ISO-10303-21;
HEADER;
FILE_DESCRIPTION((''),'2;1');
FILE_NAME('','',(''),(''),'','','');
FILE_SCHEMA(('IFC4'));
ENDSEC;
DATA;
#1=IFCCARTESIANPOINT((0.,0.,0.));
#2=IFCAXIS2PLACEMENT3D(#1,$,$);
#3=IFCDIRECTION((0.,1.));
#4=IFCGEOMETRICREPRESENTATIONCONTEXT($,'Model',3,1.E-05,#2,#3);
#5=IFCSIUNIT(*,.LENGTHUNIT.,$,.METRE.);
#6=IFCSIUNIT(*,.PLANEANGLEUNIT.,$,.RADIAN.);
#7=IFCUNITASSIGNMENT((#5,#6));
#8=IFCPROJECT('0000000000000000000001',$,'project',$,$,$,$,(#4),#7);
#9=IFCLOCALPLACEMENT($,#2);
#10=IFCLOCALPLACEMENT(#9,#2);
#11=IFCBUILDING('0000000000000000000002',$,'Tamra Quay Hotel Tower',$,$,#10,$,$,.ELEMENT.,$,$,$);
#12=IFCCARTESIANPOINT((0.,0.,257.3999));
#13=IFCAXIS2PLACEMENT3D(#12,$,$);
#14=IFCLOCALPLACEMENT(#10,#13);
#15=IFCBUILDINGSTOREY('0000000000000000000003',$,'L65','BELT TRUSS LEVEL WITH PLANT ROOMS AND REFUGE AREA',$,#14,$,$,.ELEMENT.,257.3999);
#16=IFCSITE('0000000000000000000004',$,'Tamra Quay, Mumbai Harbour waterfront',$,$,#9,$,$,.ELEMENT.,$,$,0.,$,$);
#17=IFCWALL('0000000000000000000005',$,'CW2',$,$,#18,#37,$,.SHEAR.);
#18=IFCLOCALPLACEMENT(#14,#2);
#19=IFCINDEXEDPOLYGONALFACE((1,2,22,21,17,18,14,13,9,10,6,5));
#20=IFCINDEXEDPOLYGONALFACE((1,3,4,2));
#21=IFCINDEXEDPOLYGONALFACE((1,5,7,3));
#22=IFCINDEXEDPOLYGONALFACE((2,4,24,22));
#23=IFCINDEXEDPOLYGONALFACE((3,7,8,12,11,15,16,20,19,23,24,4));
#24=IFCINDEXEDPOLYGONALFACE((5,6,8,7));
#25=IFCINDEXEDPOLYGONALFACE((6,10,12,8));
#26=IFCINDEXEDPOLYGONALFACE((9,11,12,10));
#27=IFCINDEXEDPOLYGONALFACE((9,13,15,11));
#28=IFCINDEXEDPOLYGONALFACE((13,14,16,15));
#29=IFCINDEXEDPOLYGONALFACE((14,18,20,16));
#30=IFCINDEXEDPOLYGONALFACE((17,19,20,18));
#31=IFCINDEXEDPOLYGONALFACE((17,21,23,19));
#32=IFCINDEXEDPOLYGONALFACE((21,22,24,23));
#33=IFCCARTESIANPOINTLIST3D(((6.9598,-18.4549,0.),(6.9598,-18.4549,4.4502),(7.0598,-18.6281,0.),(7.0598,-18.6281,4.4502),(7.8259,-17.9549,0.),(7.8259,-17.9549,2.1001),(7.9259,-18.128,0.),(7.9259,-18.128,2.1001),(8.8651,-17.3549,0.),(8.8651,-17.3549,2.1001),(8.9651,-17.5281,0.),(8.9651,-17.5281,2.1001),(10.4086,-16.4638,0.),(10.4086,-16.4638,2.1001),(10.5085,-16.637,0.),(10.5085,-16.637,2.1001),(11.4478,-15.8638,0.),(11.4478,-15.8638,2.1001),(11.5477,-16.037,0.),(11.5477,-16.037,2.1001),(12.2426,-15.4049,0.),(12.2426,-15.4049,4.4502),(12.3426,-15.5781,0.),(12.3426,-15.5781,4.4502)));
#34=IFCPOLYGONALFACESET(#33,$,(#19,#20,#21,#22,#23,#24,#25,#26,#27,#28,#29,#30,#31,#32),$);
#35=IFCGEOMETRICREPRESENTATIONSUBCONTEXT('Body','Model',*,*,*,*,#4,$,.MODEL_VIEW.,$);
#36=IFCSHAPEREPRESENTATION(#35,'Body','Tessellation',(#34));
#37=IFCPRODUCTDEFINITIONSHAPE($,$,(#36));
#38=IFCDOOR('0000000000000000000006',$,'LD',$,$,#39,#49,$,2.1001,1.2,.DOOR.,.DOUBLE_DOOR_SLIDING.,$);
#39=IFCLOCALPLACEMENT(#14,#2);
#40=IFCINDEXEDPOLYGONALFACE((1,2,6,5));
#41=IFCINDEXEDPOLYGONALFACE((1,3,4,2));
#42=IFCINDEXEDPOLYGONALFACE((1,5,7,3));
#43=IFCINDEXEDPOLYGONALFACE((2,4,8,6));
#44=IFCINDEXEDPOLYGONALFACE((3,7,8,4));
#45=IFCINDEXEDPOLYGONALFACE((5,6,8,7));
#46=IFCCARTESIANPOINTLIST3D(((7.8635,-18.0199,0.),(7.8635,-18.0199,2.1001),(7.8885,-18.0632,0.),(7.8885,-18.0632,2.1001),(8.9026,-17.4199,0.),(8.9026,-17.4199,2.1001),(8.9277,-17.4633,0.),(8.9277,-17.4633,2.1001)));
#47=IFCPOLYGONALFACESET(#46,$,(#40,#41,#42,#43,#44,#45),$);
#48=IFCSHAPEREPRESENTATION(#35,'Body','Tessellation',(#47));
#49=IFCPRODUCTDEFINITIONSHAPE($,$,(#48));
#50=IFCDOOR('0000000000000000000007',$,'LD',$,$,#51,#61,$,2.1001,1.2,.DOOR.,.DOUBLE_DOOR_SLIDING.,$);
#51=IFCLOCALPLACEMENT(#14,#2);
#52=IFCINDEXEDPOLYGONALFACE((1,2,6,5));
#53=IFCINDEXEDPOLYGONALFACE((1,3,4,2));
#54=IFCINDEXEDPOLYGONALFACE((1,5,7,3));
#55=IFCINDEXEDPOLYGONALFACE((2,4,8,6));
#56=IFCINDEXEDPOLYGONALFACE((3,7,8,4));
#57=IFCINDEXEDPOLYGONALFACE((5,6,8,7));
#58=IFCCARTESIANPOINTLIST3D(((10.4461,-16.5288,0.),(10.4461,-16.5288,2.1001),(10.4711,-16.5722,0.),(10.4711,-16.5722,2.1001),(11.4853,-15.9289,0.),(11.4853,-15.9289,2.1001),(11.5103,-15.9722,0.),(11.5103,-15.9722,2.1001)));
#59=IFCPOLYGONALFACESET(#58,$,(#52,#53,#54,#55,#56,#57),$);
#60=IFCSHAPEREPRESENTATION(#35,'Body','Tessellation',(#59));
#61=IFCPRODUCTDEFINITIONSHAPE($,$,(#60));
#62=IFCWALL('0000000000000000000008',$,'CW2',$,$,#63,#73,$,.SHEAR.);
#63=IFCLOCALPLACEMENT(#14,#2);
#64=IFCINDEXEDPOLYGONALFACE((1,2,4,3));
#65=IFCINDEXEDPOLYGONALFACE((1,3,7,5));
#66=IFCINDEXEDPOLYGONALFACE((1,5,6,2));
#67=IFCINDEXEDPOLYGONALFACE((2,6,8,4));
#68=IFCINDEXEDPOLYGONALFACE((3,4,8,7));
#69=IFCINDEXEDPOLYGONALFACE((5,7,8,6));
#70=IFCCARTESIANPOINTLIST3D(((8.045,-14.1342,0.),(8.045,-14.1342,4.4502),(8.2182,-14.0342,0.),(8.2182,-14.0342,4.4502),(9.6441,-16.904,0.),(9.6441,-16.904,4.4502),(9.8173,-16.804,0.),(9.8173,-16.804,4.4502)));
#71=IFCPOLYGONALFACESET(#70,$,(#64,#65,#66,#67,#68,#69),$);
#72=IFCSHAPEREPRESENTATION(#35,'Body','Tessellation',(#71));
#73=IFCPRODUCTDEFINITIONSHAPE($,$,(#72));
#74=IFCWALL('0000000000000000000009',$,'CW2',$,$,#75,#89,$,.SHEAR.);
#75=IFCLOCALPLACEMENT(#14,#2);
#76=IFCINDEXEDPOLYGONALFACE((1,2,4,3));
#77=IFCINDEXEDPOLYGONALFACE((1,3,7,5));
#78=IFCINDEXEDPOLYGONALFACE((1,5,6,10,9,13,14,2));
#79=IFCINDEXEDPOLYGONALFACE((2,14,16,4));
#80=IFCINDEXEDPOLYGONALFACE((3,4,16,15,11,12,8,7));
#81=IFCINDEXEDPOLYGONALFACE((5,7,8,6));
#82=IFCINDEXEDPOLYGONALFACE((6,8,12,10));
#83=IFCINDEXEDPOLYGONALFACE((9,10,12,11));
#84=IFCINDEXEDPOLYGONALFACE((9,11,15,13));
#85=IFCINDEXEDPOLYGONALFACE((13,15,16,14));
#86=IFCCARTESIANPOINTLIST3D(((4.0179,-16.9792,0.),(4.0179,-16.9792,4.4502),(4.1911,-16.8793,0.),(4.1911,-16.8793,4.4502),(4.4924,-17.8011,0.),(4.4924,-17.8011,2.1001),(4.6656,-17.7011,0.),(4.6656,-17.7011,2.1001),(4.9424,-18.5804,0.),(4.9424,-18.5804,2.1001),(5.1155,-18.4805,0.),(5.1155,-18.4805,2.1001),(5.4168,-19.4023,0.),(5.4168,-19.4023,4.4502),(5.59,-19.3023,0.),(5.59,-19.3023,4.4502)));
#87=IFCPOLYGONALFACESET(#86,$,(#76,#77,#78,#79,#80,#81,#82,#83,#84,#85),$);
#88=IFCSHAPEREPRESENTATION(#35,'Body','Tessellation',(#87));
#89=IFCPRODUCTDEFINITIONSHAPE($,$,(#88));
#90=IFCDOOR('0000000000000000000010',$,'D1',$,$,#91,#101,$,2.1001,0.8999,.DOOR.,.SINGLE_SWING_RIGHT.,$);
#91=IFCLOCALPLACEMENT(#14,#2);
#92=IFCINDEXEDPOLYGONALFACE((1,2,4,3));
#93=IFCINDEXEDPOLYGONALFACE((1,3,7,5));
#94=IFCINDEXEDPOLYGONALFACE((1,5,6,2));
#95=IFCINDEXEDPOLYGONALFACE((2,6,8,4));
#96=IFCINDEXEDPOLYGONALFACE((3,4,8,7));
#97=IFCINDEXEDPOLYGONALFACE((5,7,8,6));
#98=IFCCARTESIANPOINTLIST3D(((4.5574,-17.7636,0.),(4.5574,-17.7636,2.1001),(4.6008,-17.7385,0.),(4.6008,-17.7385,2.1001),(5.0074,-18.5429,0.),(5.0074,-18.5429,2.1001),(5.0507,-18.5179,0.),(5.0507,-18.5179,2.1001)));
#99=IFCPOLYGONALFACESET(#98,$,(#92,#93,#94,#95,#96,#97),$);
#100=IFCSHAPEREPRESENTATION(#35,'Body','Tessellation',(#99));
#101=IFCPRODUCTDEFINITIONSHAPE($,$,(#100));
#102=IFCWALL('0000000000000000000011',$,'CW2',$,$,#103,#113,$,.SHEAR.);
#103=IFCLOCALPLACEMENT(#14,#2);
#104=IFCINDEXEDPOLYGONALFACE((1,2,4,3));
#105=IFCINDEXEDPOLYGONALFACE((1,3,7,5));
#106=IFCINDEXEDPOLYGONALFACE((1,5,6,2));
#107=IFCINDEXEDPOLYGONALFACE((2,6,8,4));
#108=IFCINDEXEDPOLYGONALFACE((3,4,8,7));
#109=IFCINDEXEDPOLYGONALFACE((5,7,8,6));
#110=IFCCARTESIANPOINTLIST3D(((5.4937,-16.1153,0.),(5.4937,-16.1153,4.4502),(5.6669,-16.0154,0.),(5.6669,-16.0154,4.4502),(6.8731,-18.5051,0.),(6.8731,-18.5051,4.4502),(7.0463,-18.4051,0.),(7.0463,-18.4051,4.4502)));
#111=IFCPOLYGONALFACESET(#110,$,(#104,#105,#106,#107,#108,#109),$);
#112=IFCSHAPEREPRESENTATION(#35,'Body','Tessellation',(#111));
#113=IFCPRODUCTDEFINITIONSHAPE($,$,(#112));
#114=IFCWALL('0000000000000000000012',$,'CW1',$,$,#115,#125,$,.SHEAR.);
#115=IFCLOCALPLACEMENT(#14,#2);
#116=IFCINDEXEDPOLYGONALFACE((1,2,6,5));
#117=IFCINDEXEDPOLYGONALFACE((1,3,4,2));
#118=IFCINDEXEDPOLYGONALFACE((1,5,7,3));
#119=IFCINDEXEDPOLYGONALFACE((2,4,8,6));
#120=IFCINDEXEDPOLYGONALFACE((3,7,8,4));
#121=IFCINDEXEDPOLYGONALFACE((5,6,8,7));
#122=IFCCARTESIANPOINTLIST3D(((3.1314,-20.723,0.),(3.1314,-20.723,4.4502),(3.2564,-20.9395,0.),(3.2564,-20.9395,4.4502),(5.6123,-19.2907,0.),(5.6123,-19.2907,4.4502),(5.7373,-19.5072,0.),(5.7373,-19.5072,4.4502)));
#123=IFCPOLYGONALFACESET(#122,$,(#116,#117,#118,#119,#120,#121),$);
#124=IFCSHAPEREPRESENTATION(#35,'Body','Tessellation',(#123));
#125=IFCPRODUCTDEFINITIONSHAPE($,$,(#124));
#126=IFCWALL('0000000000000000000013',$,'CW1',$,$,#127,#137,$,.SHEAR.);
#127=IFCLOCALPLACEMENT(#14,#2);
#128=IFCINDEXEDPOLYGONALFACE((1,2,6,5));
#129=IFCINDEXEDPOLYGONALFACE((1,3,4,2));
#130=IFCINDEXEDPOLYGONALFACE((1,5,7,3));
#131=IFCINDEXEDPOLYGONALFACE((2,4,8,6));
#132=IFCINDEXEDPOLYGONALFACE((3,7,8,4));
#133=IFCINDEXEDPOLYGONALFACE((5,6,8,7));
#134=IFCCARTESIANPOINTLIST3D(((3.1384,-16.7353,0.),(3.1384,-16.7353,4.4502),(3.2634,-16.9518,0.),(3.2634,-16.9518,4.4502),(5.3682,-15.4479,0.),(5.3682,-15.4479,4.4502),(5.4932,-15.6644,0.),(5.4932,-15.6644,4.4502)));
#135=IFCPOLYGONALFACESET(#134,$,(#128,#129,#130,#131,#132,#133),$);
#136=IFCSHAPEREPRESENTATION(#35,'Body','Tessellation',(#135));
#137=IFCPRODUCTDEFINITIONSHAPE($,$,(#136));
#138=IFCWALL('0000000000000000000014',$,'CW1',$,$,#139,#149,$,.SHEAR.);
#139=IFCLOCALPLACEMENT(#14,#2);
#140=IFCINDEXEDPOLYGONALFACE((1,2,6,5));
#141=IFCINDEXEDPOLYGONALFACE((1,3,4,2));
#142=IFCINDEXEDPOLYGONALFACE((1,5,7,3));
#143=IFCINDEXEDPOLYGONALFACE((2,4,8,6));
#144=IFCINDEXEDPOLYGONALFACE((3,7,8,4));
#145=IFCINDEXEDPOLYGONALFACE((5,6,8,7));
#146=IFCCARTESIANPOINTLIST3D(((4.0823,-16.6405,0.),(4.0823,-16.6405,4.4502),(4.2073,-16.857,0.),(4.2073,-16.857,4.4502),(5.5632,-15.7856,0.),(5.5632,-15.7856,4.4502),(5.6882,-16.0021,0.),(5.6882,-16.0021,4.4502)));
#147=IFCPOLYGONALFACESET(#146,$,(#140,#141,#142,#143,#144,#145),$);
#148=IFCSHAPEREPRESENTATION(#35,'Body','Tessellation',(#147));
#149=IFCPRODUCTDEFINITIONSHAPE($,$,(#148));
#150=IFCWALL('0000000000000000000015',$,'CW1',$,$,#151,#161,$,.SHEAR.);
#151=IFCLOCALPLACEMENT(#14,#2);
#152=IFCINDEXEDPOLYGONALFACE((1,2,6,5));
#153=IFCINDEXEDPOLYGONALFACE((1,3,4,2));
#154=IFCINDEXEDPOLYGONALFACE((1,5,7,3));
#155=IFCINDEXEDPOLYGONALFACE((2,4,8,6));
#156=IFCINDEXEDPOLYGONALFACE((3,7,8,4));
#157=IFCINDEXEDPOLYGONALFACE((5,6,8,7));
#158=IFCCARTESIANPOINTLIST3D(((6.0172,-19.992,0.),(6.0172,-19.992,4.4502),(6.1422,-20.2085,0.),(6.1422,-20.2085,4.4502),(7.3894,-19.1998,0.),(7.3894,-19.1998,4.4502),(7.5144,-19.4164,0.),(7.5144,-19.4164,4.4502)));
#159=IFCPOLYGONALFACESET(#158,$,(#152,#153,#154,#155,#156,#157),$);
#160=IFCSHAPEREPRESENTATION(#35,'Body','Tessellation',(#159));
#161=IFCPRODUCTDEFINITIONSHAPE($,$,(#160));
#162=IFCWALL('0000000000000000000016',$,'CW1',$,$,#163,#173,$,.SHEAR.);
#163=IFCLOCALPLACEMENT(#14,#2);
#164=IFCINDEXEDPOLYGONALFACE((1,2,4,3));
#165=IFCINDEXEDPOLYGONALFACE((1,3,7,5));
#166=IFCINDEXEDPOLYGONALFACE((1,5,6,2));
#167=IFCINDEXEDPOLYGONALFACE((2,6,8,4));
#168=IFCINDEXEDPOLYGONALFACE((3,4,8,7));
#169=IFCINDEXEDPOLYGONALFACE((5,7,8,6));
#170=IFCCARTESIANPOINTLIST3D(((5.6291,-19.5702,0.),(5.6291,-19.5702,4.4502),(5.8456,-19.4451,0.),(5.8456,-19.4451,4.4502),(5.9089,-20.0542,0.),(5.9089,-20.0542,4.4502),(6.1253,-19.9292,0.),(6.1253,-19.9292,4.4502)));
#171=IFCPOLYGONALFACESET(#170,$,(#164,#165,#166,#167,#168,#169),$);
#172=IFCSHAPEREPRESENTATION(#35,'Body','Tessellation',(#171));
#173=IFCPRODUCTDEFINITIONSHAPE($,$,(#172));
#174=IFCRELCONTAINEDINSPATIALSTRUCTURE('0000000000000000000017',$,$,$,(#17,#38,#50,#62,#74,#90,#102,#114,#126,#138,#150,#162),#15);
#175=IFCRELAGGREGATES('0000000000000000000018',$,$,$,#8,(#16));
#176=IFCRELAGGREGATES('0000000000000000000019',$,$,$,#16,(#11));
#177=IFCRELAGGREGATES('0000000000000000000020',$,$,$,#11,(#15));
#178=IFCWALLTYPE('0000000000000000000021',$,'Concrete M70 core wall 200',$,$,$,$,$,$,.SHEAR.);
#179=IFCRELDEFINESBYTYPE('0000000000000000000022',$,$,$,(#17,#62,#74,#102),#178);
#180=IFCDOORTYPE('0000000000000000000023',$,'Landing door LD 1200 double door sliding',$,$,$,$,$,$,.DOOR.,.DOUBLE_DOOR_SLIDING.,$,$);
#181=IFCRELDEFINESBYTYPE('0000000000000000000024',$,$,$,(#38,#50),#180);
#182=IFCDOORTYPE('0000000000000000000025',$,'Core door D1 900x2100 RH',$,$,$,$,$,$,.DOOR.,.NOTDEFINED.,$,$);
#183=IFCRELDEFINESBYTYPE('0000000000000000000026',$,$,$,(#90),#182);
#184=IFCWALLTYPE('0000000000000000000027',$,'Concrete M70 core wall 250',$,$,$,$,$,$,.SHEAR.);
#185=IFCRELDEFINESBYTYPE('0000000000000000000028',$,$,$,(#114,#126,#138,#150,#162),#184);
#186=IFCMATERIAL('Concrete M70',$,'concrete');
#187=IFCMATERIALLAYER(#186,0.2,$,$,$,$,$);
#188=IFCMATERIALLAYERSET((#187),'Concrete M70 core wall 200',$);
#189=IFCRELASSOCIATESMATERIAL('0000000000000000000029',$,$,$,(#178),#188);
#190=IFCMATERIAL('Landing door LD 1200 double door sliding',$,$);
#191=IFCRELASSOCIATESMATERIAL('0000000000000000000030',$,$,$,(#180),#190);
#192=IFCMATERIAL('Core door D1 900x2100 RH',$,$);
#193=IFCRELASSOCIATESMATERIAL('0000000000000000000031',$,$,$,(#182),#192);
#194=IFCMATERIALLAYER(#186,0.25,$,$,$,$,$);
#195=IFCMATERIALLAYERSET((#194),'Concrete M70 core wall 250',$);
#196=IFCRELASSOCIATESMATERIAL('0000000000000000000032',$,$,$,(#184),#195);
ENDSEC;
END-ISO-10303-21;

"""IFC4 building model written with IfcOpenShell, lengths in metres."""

from ifc_helpers import new_model, si_unit, direction, frame, frame_2d, origin, place, context, subcontext, project, spatial, rectangle, extrude, material, layer, layer_set, type_object, element, fill, save


model = new_model("IFC4")

# Units and contexts
model_context = context("Model", 3, precision=1e-05, world=origin(), true_north=direction((0.0, 1.0)))
body_context = subcontext(model_context, "Body", "Model", "MODEL_VIEW")
ifc_project = project(units=[si_unit("LENGTHUNIT", "METRE"), si_unit("PLANEANGLEUNIT", "RADIAN")], contexts=[model_context])

# Site, building, storey
site_placement = place(None, origin())
site = spatial("IfcSite", under=ifc_project, at=site_placement, Name="Tamra Quay, Mumbai Harbour waterfront", CompositionType="ELEMENT", RefElevation=0.0)
building_placement = place(site_placement, origin())
building = spatial("IfcBuilding", under=site, at=building_placement, Name="Tamra Quay Hotel Tower", CompositionType="ELEMENT")
storey_placement = place(building_placement, frame((0.0, 0.0, 257.3999)))
storey = spatial("IfcBuildingStorey", under=building, at=storey_placement, Name="L65", Description="BELT TRUSS LEVEL WITH PLANT ROOMS AND REFUGE AREA", CompositionType="ELEMENT", Elevation=257.3999)

# Shared definitions
ifc_material_1 = material(Name="Concrete M70", Category="concrete")
ifc_layer_1 = layer(ifc_material_1, 0.2)
ifc_layer_set_1 = layer_set([ifc_layer_1], Name="Concrete M70 core wall 200")
wall_type_1 = type_object("IfcWallType", Name="Concrete M70 core wall 200", PredefinedType="SHEAR", material=ifc_layer_set_1)

# Wall, openings, doors
wall_1_placement = place(storey_placement, frame((7.0098, -18.5415, 0.0), z_axis=(0.0, 0.0, 1.0), x_axis=(0.86603, 0.499992, 0.0)))
wall_1 = element("IfcWall", 1, at=wall_1_placement, inside=storey, type_object=wall_type_1, Name="CW2", PredefinedType="SHEAR", context=body_context, shape_type="SweptSolid", body=[
    extrude(rectangle(XDim=6.1001, YDim=0.2, at=frame_2d((3.05, 0.0))), origin(), (0.0, 0.0, 1.0), 4.4502),
])
opening_1_placement = place(wall_1_placement, frame((1.0, 0.0, 0.0)))
opening_1 = element("IfcOpeningElement", 2, at=opening_1_placement, cuts=wall_1, PredefinedType="OPENING", context=body_context, shape_type="SweptSolid", body=[
    extrude(rectangle(XDim=1.2, YDim=2.1001, at=frame_2d((0.6001, 1.05))), frame((0.0, 0.1099, 0.0), z_axis=(0.0, -1.0, 0.0), x_axis=(1.0, 0.0, 0.0)), (0.0, 0.0, 1.0), 0.22),
])
opening_2_placement = place(wall_1_placement, frame((3.9822, 0.0, 0.0)))
opening_2 = element("IfcOpeningElement", 3, at=opening_2_placement, cuts=wall_1, PredefinedType="OPENING", context=body_context, shape_type="SweptSolid", body=[
    extrude(rectangle(XDim=1.2, YDim=2.1001, at=frame_2d((0.6001, 1.05))), frame((0.0, 0.1099, 0.0), z_axis=(0.0, -1.0, 0.0), x_axis=(1.0, 0.0, 0.0)), (0.0, 0.0, 1.0), 0.22),
])
ifc_material_2 = material(Name="Landing door LD 1200 double door sliding")
door_type_1 = type_object("IfcDoorType", Name="Landing door LD 1200 double door sliding", OperationType="DOUBLE_DOOR_SLIDING", PredefinedType="DOOR", material=ifc_material_2)
door_1_placement = place(opening_1_placement, origin())
door_1 = element("IfcDoor", 4, at=door_1_placement, inside=storey, type_object=door_type_1, Name="LD", OperationType="DOUBLE_DOOR_SLIDING", OverallHeight=2.1001, OverallWidth=1.2, PredefinedType="DOOR", context=body_context, shape_type="SweptSolid", body=[
    extrude(rectangle(XDim=1.2, YDim=2.1001, at=frame_2d((0.6001, 1.05))), frame((0.0, 0.0249, 0.0), z_axis=(0.0, -1.0, 0.0), x_axis=(1.0, 0.0, 0.0)), (0.0, 0.0, 1.0), 0.05),
])
fill(opening_1, door_1)
door_2_placement = place(opening_2_placement, origin())
door_2 = element("IfcDoor", 5, at=door_2_placement, inside=storey, type_object=door_type_1, Name="LD", OperationType="DOUBLE_DOOR_SLIDING", OverallHeight=2.1001, OverallWidth=1.2, PredefinedType="DOOR", context=body_context, shape_type="SweptSolid", body=[
    extrude(rectangle(XDim=1.2, YDim=2.1001, at=frame_2d((0.6001, 1.05))), frame((0.0, 0.0249, 0.0), z_axis=(0.0, -1.0, 0.0), x_axis=(1.0, 0.0, 0.0)), (0.0, 0.0, 1.0), 0.05),
])
fill(opening_2, door_2)

# Wall
wall_2_placement = place(storey_placement, frame((8.1316, -14.0842, 0.0), z_axis=(0.0, 0.0, 1.0), x_axis=(0.499998, -0.866027, 0.0)))
element("IfcWall", 6, at=wall_2_placement, inside=storey, type_object=wall_type_1, Name="CW2", PredefinedType="SHEAR", context=body_context, shape_type="SweptSolid", body=[
    extrude(rectangle(XDim=3.1982, YDim=0.2, at=frame_2d((1.5991, 0.0))), origin(), (0.0, 0.0, 1.0), 4.4502),
])

# Wall, opening, door
wall_3_placement = place(storey_placement, frame((5.5034, -19.3523, 0.0), z_axis=(0.0, 0.0, 1.0), x_axis=(-0.499987, 0.866033, 0.0)))
wall_3 = element("IfcWall", 7, at=wall_3_placement, inside=storey, type_object=wall_type_1, Name="CW2", PredefinedType="SHEAR", context=body_context, shape_type="SweptSolid", body=[
    extrude(rectangle(XDim=2.7979, YDim=0.2, at=frame_2d((1.3989, 0.0))), origin(), (0.0, 0.0, 1.0), 4.4502),
])
opening_3_placement = place(wall_3_placement, frame((0.949, 0.0, 0.0)))
opening_3 = element("IfcOpeningElement", 8, at=opening_3_placement, cuts=wall_3, PredefinedType="OPENING", context=body_context, shape_type="SweptSolid", body=[
    extrude(rectangle(XDim=0.8999, YDim=2.1001, at=frame_2d((0.45, 1.05))), frame((0.0, 0.1099, 0.0), z_axis=(0.0, -1.0, 0.0), x_axis=(1.0, 0.0, 0.0)), (0.0, 0.0, 1.0), 0.22),
])
ifc_material_3 = material(Name="Core door D1 900x2100 RH")
door_type_2 = type_object("IfcDoorType", Name="Core door D1 900x2100 RH", OperationType="NOTDEFINED", PredefinedType="DOOR", material=ifc_material_3)
door_3_placement = place(opening_3_placement, origin())
door_3 = element("IfcDoor", 9, at=door_3_placement, inside=storey, type_object=door_type_2, Name="D1", OperationType="SINGLE_SWING_RIGHT", OverallHeight=2.1001, OverallWidth=0.8999, PredefinedType="DOOR", context=body_context, shape_type="SweptSolid", body=[
    extrude(rectangle(XDim=0.8999, YDim=2.1001, at=frame_2d((0.45, 1.05))), frame((0.0, 0.0249, 0.0), z_axis=(0.0, -1.0, 0.0), x_axis=(1.0, 0.0, 0.0)), (0.0, 0.0, 1.0), 0.05),
])
fill(opening_3, door_3)

# Walls
wall_4_placement = place(storey_placement, frame((6.9597, -18.4551, 0.0), z_axis=(0.0, 0.0, 1.0), x_axis=(-0.499927, 0.866068, 0.0)))
element("IfcWall", 10, at=wall_4_placement, inside=storey, type_object=wall_type_1, Name="CW2", PredefinedType="SHEAR", context=body_context, shape_type="SweptSolid", body=[
    extrude(rectangle(XDim=2.7593, YDim=0.2, at=frame_2d((1.3796, 0.0))), origin(), (0.0, 0.0, 1.0), 4.4502),
])
ifc_layer_2 = layer(ifc_material_1, 0.25)
ifc_layer_set_2 = layer_set([ifc_layer_2], Name="Concrete M70 core wall 250")
wall_type_2 = type_object("IfcWallType", Name="Concrete M70 core wall 250", PredefinedType="SHEAR", material=ifc_layer_set_2)
wall_5_placement = place(storey_placement, frame((5.6748, -19.3989, 0.0), z_axis=(0.0, 0.0, 1.0), x_axis=(-0.866027, -0.499998, 0.0)))
element("IfcWall", 11, at=wall_5_placement, inside=storey, type_object=wall_type_2, Name="CW1", PredefinedType="SHEAR", context=body_context, shape_type="SweptSolid", body=[
    extrude(rectangle(XDim=2.8647, YDim=0.25, at=frame_2d((1.4324, 0.0))), origin(), (0.0, 0.0, 1.0), 4.4502),
])
wall_6_placement = place(storey_placement, frame((5.4307, -15.5562, 0.0), z_axis=(0.0, 0.0, 1.0), x_axis=(-0.866023, -0.500004, 0.0)))
element("IfcWall", 12, at=wall_6_placement, inside=storey, type_object=wall_type_2, Name="CW1", PredefinedType="SHEAR", context=body_context, shape_type="SweptSolid", body=[
    extrude(rectangle(XDim=2.5747, YDim=0.25, at=frame_2d((1.2874, 0.0))), origin(), (0.0, 0.0, 1.0), 4.4502),
])
wall_7_placement = place(storey_placement, frame((4.1448, -16.7488, 0.0), z_axis=(0.0, 0.0, 1.0), x_axis=(0.866038, 0.499978, 0.0)))
element("IfcWall", 13, at=wall_7_placement, inside=storey, type_object=wall_type_2, Name="CW1", PredefinedType="SHEAR", context=body_context, shape_type="SweptSolid", body=[
    extrude(rectangle(XDim=1.71, YDim=0.25, at=frame_2d((0.855, 0.0))), origin(), (0.0, 0.0, 1.0), 4.4502),
])
wall_8_placement = place(storey_placement, frame((7.4519, -19.3081, 0.0), z_axis=(0.0, 0.0, 1.0), x_axis=(-0.866044, -0.499967, 0.0)))
element("IfcWall", 14, at=wall_8_placement, inside=storey, type_object=wall_type_2, Name="CW1", PredefinedType="SHEAR", context=body_context, shape_type="SweptSolid", body=[
    extrude(rectangle(XDim=1.5845, YDim=0.25, at=frame_2d((0.7922, 0.0))), origin(), (0.0, 0.0, 1.0), 4.4502),
])
wall_9_placement = place(storey_placement, frame((6.0171, -19.9917, 0.0), z_axis=(0.0, 0.0, 1.0), x_axis=(-0.500365, 0.865815, 0.0)))
element("IfcWall", 15, at=wall_9_placement, inside=storey, type_object=wall_type_2, Name="CW1", PredefinedType="SHEAR", context=body_context, shape_type="SweptSolid", body=[
    extrude(rectangle(XDim=0.5591, YDim=0.25, at=frame_2d((0.2795, 0.0))), origin(), (0.0, 0.0, 1.0), 4.4502),
])

save(model, "model.ifc")
